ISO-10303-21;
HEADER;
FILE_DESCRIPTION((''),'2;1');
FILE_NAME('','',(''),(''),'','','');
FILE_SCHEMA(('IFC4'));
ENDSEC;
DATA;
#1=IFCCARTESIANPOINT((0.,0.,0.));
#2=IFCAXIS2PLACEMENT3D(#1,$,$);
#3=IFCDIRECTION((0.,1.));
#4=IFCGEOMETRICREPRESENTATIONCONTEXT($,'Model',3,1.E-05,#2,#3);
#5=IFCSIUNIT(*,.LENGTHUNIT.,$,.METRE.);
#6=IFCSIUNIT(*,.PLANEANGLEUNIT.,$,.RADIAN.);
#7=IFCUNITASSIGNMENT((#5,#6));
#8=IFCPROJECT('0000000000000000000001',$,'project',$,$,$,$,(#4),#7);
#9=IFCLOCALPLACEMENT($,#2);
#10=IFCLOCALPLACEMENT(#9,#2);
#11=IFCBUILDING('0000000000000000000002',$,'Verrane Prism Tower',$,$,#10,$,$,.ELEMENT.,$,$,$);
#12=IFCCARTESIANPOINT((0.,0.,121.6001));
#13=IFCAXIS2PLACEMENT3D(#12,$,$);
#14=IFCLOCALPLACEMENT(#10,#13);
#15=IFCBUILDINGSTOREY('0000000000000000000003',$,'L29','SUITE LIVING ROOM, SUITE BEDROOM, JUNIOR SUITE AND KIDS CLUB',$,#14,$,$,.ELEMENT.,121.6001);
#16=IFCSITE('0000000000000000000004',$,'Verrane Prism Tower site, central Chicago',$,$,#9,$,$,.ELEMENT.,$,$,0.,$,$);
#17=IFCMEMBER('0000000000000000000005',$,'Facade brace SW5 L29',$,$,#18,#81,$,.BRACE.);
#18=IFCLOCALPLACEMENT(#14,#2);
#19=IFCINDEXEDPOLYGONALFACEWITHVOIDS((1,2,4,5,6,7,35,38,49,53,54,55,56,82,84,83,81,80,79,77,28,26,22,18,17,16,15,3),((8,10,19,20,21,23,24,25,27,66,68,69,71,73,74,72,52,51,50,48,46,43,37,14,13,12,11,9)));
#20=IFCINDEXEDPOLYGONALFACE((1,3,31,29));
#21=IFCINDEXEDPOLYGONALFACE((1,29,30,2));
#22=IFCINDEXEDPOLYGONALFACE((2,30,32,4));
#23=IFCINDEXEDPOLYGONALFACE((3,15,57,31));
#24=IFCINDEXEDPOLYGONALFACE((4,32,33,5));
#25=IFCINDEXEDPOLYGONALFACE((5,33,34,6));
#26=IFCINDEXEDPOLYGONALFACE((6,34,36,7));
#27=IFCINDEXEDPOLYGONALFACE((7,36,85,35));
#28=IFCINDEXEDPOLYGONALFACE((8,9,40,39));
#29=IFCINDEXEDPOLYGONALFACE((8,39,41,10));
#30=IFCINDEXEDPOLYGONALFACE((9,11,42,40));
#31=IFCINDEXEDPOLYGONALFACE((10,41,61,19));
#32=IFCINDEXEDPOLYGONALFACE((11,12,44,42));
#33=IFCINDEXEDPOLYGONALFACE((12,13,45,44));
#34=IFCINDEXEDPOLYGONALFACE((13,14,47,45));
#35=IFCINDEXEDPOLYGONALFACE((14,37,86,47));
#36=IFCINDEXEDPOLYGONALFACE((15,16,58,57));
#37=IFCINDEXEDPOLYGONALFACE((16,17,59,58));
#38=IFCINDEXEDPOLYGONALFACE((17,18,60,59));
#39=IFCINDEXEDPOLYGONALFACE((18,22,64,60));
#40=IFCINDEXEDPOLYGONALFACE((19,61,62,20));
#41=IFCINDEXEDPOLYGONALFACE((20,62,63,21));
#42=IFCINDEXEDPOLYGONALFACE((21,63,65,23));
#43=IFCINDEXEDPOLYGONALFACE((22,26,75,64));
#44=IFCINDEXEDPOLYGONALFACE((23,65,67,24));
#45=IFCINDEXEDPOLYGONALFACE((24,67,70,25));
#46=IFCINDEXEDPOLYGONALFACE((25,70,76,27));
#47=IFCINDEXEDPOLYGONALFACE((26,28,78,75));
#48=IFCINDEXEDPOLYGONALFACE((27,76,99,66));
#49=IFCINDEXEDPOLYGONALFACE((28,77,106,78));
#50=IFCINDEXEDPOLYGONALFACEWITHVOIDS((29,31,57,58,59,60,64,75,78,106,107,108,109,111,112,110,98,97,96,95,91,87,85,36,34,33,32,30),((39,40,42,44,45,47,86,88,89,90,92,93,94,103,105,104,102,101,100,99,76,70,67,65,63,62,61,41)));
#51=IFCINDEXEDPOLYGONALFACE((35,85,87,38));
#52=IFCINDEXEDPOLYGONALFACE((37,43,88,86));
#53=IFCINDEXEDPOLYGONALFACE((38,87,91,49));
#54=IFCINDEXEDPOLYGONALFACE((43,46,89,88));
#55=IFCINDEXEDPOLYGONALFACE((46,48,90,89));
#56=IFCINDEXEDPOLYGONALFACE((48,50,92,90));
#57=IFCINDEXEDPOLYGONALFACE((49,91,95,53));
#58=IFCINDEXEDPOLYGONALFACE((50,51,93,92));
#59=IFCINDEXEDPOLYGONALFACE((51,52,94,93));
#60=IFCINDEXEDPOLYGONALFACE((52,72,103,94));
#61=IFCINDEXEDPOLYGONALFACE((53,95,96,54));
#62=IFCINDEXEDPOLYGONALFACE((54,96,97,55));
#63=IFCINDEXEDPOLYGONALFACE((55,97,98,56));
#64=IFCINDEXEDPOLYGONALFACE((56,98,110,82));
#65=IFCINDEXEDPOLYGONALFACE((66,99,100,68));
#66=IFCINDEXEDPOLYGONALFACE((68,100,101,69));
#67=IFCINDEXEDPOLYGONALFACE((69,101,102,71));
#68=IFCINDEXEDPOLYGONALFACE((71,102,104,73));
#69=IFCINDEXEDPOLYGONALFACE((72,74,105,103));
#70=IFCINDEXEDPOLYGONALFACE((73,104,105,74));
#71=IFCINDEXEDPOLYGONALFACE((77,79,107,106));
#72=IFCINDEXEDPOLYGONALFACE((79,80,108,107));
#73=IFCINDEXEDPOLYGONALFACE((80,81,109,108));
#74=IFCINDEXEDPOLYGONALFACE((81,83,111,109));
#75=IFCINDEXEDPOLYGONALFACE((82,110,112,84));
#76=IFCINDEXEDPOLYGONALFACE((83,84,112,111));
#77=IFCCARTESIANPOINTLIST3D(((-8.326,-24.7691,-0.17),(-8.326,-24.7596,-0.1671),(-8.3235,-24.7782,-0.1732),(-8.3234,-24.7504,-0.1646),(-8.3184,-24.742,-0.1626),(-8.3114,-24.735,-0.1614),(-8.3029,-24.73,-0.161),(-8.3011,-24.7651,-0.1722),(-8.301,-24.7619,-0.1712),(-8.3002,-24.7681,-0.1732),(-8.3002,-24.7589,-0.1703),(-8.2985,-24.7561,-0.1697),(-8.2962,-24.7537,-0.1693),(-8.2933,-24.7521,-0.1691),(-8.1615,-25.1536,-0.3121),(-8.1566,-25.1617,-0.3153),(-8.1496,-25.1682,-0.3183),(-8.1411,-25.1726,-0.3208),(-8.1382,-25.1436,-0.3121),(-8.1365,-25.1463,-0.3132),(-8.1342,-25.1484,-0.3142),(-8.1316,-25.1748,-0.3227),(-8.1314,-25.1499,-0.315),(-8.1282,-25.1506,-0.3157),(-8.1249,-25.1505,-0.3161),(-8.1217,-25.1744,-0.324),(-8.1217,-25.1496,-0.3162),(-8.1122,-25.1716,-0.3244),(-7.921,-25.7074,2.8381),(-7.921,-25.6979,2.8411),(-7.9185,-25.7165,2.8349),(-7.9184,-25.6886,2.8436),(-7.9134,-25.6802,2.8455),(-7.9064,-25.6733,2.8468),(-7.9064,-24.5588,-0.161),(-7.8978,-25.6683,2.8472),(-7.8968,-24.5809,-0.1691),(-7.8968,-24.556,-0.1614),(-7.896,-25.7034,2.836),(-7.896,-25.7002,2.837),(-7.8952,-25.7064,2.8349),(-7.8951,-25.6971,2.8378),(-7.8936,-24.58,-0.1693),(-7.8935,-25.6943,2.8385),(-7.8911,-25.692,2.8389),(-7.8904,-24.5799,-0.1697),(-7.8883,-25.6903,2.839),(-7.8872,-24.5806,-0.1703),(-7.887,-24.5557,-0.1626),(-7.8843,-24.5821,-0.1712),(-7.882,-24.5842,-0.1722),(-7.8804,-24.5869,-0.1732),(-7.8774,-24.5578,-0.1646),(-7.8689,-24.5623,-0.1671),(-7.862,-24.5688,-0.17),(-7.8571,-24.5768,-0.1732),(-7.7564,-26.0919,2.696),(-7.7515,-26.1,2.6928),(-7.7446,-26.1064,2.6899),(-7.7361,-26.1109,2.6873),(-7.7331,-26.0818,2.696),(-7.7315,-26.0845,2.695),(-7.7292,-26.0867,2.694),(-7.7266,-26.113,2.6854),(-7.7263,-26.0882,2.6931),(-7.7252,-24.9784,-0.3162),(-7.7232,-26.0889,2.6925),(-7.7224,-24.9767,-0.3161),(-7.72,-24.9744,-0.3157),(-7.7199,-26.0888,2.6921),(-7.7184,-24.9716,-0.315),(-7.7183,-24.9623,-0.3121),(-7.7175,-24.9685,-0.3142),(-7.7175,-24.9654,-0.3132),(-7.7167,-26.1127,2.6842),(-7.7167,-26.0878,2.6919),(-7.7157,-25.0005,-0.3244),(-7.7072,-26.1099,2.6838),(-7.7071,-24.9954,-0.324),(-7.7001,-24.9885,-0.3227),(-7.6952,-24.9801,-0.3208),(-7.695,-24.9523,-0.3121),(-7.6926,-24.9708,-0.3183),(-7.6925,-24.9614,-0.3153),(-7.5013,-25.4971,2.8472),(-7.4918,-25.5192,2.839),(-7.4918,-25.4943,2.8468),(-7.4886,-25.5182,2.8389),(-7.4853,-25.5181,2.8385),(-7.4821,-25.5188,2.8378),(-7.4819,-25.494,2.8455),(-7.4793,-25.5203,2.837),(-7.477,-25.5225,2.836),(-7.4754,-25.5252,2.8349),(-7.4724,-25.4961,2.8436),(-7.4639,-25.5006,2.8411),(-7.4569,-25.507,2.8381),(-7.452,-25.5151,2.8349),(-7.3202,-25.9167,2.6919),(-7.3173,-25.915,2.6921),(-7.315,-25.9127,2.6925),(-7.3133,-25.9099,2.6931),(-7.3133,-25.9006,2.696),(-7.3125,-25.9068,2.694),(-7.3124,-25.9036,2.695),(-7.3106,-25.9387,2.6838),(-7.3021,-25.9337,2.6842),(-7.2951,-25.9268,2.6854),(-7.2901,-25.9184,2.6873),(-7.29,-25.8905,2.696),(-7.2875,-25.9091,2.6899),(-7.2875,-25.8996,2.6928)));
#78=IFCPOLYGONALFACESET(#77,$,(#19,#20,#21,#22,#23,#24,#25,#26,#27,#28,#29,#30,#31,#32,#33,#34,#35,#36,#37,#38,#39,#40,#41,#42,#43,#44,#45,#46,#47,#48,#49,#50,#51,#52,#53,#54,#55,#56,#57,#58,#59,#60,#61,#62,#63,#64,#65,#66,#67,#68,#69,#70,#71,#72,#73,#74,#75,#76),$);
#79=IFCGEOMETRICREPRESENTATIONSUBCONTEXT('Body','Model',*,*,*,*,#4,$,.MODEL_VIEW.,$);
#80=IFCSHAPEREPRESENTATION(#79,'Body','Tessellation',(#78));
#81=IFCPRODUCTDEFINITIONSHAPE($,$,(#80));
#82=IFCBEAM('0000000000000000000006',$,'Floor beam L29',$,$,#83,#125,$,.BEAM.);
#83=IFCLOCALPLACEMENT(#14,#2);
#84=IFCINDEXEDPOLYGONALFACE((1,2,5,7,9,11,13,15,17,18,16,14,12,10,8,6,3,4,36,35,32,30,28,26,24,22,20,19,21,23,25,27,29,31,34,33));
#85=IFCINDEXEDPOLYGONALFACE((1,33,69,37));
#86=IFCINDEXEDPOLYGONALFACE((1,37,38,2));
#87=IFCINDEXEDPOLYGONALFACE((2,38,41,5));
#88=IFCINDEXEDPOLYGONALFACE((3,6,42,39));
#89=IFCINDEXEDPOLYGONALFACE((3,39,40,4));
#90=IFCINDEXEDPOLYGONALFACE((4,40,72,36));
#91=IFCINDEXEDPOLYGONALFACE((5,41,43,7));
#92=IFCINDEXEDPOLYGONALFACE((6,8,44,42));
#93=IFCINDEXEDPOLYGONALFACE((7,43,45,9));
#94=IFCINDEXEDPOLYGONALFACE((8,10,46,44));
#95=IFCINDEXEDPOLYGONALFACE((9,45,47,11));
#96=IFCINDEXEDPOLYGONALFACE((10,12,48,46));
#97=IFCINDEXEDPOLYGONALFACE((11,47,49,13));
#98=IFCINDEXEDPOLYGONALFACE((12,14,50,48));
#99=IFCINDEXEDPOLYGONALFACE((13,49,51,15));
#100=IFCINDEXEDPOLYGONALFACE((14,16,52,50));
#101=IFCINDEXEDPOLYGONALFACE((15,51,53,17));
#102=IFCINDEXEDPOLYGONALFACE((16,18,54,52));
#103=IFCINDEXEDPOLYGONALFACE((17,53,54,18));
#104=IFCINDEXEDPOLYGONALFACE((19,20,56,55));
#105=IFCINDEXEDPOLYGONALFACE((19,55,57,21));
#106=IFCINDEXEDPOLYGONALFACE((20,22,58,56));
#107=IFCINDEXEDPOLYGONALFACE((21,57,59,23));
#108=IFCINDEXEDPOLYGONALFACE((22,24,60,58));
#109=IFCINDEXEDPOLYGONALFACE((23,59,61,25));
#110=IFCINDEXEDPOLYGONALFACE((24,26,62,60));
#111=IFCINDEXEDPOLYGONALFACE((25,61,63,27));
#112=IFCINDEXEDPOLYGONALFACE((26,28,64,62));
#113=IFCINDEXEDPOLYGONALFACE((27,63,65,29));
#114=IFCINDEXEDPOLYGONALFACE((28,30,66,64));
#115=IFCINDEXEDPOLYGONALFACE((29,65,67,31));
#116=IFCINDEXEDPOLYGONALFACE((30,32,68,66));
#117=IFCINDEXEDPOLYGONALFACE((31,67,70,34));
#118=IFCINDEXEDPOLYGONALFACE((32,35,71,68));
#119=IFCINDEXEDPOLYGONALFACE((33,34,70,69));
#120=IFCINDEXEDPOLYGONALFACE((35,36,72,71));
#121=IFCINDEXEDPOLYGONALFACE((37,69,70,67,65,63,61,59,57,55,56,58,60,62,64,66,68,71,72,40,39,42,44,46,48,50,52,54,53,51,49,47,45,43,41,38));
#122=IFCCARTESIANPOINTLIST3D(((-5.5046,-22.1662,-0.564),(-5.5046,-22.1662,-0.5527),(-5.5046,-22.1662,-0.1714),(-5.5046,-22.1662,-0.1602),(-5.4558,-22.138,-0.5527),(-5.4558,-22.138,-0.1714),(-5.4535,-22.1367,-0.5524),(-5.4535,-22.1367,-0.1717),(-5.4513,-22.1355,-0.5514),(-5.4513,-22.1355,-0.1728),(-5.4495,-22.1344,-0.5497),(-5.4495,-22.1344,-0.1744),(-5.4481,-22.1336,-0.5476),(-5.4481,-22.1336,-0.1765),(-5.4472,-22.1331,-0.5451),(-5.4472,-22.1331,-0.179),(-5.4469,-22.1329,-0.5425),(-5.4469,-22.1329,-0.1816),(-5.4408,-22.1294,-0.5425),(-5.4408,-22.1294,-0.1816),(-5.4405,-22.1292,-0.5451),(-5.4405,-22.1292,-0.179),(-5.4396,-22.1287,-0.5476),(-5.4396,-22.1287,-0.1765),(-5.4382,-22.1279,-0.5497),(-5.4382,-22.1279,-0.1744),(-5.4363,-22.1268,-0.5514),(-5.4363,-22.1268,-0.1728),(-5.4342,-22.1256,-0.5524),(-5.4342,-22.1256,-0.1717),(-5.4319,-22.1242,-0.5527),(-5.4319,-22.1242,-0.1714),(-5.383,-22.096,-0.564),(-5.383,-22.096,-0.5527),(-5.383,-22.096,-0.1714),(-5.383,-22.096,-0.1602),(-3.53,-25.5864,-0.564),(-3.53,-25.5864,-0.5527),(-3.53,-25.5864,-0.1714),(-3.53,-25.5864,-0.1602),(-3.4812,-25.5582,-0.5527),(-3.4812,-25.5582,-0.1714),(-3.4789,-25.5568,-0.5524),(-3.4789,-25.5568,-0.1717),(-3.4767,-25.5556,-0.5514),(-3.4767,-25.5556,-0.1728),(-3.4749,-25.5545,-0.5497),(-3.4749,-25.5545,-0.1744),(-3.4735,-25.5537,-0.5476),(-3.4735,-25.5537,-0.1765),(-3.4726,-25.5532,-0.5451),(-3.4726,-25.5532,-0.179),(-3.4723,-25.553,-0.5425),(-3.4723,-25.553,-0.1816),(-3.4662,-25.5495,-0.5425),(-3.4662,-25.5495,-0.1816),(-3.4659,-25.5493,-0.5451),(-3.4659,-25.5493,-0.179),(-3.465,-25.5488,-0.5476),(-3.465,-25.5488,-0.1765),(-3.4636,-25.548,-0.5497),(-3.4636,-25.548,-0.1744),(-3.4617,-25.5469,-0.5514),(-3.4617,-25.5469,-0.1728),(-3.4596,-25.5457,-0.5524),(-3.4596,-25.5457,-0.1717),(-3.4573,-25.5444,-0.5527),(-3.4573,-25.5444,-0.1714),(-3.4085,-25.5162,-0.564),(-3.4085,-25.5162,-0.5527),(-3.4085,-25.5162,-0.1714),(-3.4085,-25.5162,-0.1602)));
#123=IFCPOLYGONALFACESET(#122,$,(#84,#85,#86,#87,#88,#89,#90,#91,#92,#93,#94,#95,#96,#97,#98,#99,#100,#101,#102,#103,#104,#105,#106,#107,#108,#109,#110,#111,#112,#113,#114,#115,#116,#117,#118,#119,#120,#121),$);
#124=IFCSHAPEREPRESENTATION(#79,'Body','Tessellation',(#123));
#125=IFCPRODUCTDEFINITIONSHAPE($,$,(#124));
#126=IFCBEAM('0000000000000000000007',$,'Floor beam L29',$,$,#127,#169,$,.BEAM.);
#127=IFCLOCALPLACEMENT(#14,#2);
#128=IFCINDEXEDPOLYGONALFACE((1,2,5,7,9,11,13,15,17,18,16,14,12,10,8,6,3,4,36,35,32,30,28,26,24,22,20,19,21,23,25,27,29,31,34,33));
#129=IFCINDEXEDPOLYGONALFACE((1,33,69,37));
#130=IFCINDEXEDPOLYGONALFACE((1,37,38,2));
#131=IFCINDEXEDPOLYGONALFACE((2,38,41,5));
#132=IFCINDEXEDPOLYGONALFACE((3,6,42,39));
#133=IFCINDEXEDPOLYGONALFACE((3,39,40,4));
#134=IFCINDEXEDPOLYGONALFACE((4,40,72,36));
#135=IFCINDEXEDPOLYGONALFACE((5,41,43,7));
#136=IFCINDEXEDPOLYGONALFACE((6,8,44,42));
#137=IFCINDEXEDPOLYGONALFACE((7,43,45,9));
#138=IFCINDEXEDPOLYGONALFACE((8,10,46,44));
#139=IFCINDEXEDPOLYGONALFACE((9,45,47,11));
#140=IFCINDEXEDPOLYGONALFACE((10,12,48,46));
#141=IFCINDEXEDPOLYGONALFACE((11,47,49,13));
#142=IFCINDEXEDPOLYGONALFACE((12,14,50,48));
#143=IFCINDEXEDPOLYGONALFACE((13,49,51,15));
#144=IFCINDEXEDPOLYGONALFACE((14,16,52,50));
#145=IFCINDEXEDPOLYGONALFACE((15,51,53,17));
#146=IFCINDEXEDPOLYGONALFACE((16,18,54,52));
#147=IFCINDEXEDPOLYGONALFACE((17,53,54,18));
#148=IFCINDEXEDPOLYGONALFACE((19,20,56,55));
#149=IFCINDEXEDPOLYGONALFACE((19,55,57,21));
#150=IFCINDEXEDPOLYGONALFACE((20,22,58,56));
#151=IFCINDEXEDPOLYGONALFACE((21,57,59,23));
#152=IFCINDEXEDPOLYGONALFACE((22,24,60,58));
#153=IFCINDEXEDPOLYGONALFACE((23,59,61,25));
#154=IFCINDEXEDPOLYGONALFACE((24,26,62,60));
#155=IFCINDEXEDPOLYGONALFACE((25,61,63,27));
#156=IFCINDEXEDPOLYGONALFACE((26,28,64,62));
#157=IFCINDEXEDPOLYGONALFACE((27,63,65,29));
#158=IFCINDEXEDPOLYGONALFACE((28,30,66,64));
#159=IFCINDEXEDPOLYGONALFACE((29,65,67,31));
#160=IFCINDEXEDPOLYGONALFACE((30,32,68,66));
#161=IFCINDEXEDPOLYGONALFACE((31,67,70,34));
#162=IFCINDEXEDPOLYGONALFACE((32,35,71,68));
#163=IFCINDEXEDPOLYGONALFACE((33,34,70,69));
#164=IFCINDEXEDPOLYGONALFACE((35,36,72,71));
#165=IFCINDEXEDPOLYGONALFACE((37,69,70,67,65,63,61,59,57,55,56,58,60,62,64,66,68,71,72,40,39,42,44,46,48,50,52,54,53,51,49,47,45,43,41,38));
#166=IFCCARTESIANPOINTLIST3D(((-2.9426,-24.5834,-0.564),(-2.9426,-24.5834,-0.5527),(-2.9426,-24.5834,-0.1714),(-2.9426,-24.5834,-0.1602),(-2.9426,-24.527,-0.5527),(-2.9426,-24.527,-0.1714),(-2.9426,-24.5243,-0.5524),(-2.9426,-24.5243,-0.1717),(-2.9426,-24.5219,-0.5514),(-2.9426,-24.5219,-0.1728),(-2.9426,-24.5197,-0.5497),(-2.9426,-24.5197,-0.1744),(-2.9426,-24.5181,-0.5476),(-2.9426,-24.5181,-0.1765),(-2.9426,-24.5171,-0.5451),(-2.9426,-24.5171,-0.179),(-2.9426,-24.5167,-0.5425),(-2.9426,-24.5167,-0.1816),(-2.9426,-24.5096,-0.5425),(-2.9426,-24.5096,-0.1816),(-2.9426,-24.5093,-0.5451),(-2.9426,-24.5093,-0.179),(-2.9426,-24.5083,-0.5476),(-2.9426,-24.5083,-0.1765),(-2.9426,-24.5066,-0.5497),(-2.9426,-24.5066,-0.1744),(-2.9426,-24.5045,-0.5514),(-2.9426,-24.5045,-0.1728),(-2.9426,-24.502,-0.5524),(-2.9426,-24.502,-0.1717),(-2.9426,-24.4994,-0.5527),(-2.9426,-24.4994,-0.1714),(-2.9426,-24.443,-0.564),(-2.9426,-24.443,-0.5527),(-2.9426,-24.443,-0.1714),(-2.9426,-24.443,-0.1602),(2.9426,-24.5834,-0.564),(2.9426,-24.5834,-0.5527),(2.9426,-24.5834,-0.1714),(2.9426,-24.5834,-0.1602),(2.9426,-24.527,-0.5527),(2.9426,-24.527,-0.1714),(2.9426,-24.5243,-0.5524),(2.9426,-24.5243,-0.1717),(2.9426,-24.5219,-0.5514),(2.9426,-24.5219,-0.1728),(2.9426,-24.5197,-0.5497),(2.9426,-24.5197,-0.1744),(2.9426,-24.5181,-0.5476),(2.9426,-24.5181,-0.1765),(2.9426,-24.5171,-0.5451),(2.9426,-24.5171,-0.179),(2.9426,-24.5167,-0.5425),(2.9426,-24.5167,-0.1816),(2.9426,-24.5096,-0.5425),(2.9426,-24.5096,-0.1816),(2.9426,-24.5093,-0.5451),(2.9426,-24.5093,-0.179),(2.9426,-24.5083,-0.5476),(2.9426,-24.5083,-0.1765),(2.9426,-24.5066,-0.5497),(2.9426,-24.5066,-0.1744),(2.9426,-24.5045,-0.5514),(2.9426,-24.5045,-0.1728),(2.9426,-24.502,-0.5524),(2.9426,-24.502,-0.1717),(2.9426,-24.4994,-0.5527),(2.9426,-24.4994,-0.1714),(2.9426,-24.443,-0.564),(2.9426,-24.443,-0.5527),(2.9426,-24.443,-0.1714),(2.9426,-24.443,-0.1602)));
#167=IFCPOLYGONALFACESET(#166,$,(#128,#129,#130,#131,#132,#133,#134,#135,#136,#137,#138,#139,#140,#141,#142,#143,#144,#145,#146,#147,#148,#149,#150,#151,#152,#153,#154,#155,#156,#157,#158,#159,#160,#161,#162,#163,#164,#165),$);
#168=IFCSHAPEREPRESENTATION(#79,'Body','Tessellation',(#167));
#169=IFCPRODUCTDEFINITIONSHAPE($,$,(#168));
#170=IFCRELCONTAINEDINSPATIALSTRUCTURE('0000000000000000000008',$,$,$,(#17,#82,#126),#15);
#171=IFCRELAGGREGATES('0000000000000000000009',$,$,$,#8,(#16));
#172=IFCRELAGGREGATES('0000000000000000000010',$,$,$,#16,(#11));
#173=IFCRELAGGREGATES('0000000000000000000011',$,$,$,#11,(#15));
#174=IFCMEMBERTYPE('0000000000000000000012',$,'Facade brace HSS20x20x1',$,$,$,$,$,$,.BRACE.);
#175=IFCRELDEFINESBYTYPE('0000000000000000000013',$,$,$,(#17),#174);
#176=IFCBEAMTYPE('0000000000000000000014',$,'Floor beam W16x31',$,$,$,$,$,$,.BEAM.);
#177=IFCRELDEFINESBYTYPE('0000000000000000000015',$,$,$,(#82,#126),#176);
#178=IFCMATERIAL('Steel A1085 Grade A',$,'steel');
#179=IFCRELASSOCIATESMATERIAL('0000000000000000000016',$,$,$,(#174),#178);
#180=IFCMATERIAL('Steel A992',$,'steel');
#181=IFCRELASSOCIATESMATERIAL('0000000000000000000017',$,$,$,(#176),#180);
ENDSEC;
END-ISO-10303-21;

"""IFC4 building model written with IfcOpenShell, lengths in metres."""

from ifc_helpers import new_model, si_unit, direction, frame, origin, origin_2d, place, context, subcontext, project, spatial, hollow_rectangle, i_section, extrude, material, material_profile, profile_set, type_object, element, save


model = new_model("IFC4")

# Units and contexts
model_context = context("Model", 3, precision=1e-05, world=origin(), true_north=direction((0.0, 1.0)))
body_context = subcontext(model_context, "Body", "Model", "MODEL_VIEW")
ifc_project = project(units=[si_unit("LENGTHUNIT", "METRE"), si_unit("PLANEANGLEUNIT", "RADIAN")], contexts=[model_context])

# Site, building, storey
site_placement = place(None, origin())
site = spatial("IfcSite", under=ifc_project, at=site_placement, Name="Verrane Prism Tower site, central Chicago", CompositionType="ELEMENT", RefElevation=0.0)
building_placement = place(site_placement, origin())
building = spatial("IfcBuilding", under=site, at=building_placement, Name="Verrane Prism Tower", CompositionType="ELEMENT")
storey_placement = place(building_placement, frame((0.0, 0.0, 121.6001)))
storey = spatial("IfcBuildingStorey", under=building, at=storey_placement, Name="L29", Description="SUITE LIVING ROOM, SUITE BEDROOM, JUNIOR SUITE AND KIDS CLUB", CompositionType="ELEMENT", Elevation=121.6001)

# Member
ifc_material_1 = material(Name="Steel A1085 Grade A", Category="steel")
ifc_material_profile_1 = material_profile(ifc_material_1, hollow_rectangle(XDim=0.5081, YDim=0.5081, WallThickness=0.0254, InnerFilletRadius=0.0127, OuterFilletRadius=0.0381, at=origin_2d()), Name="HSS20x20x1")
ifc_profile_set_1 = profile_set([ifc_material_profile_1], Name="Steel A1085 Grade A")
member_type_1 = type_object("IfcMemberType", Name="Facade brace HSS20x20x1", PredefinedType="BRACE", material=ifc_profile_set_1)
member_1_placement = place(storey_placement, frame((-8.0093, -24.8652, -0.2427), z_axis=(0.127492, -0.295329, 0.946851), x_axis=(0.918104, 0.39634, 0.0)))
element("IfcMember", 1, at=member_1_placement, inside=storey, type_object=member_type_1, Name="Facade brace SW5 L29", PredefinedType="BRACE", context=body_context, shape_type="SweptSolid", body=[
    extrude(hollow_rectangle(XDim=0.5081, YDim=0.5081, WallThickness=0.0254, InnerFilletRadius=0.0127, OuterFilletRadius=0.0381, at=origin_2d()), origin(), (0.0, 0.0, 1.0), 3.177),
])

# Beams
ifc_material_2 = material(Name="Steel A992", Category="steel")
ifc_material_profile_2 = material_profile(ifc_material_2, i_section(OverallWidth=0.1404, OverallDepth=0.4038, WebThickness=0.0071, FlangeThickness=0.0112, FilletRadius=0.0103, at=origin_2d()), Name="W16x31")
ifc_profile_set_2 = profile_set([ifc_material_profile_2], Name="Steel A992")
beam_type_1 = type_object("IfcBeamType", Name="Floor beam W16x31", PredefinedType="BEAM", material=ifc_profile_set_2)
beam_1_placement = place(storey_placement, frame((-3.4692, -25.5513, -0.3621), z_axis=(-0.499995, 0.866028, 0.0), x_axis=(-0.866028, -0.499995, 0.0)))
element("IfcBeam", 2, at=beam_1_placement, inside=storey, type_object=beam_type_1, Name="Floor beam L29", PredefinedType="BEAM", context=body_context, shape_type="SweptSolid", body=[
    extrude(i_section(OverallWidth=0.1404, OverallDepth=0.4038, WebThickness=0.0071, FlangeThickness=0.0112, FilletRadius=0.0103, at=origin_2d()), origin(), (0.0, 0.0, 1.0), 3.9492),
])
beam_2_placement = place(storey_placement, frame((-2.9426, -24.5132, -0.3621), z_axis=(1.0, 0.0, 0.0), x_axis=(0.0, 1.0, 0.0)))
element("IfcBeam", 3, at=beam_2_placement, inside=storey, type_object=beam_type_1, Name="Floor beam L29", PredefinedType="BEAM", context=body_context, shape_type="SweptSolid", body=[
    extrude(i_section(OverallWidth=0.1404, OverallDepth=0.4038, WebThickness=0.0071, FlangeThickness=0.0112, FilletRadius=0.0103, at=origin_2d()), origin(), (0.0, 0.0, 1.0), 5.8853),
])

save(model, "model.ifc")
